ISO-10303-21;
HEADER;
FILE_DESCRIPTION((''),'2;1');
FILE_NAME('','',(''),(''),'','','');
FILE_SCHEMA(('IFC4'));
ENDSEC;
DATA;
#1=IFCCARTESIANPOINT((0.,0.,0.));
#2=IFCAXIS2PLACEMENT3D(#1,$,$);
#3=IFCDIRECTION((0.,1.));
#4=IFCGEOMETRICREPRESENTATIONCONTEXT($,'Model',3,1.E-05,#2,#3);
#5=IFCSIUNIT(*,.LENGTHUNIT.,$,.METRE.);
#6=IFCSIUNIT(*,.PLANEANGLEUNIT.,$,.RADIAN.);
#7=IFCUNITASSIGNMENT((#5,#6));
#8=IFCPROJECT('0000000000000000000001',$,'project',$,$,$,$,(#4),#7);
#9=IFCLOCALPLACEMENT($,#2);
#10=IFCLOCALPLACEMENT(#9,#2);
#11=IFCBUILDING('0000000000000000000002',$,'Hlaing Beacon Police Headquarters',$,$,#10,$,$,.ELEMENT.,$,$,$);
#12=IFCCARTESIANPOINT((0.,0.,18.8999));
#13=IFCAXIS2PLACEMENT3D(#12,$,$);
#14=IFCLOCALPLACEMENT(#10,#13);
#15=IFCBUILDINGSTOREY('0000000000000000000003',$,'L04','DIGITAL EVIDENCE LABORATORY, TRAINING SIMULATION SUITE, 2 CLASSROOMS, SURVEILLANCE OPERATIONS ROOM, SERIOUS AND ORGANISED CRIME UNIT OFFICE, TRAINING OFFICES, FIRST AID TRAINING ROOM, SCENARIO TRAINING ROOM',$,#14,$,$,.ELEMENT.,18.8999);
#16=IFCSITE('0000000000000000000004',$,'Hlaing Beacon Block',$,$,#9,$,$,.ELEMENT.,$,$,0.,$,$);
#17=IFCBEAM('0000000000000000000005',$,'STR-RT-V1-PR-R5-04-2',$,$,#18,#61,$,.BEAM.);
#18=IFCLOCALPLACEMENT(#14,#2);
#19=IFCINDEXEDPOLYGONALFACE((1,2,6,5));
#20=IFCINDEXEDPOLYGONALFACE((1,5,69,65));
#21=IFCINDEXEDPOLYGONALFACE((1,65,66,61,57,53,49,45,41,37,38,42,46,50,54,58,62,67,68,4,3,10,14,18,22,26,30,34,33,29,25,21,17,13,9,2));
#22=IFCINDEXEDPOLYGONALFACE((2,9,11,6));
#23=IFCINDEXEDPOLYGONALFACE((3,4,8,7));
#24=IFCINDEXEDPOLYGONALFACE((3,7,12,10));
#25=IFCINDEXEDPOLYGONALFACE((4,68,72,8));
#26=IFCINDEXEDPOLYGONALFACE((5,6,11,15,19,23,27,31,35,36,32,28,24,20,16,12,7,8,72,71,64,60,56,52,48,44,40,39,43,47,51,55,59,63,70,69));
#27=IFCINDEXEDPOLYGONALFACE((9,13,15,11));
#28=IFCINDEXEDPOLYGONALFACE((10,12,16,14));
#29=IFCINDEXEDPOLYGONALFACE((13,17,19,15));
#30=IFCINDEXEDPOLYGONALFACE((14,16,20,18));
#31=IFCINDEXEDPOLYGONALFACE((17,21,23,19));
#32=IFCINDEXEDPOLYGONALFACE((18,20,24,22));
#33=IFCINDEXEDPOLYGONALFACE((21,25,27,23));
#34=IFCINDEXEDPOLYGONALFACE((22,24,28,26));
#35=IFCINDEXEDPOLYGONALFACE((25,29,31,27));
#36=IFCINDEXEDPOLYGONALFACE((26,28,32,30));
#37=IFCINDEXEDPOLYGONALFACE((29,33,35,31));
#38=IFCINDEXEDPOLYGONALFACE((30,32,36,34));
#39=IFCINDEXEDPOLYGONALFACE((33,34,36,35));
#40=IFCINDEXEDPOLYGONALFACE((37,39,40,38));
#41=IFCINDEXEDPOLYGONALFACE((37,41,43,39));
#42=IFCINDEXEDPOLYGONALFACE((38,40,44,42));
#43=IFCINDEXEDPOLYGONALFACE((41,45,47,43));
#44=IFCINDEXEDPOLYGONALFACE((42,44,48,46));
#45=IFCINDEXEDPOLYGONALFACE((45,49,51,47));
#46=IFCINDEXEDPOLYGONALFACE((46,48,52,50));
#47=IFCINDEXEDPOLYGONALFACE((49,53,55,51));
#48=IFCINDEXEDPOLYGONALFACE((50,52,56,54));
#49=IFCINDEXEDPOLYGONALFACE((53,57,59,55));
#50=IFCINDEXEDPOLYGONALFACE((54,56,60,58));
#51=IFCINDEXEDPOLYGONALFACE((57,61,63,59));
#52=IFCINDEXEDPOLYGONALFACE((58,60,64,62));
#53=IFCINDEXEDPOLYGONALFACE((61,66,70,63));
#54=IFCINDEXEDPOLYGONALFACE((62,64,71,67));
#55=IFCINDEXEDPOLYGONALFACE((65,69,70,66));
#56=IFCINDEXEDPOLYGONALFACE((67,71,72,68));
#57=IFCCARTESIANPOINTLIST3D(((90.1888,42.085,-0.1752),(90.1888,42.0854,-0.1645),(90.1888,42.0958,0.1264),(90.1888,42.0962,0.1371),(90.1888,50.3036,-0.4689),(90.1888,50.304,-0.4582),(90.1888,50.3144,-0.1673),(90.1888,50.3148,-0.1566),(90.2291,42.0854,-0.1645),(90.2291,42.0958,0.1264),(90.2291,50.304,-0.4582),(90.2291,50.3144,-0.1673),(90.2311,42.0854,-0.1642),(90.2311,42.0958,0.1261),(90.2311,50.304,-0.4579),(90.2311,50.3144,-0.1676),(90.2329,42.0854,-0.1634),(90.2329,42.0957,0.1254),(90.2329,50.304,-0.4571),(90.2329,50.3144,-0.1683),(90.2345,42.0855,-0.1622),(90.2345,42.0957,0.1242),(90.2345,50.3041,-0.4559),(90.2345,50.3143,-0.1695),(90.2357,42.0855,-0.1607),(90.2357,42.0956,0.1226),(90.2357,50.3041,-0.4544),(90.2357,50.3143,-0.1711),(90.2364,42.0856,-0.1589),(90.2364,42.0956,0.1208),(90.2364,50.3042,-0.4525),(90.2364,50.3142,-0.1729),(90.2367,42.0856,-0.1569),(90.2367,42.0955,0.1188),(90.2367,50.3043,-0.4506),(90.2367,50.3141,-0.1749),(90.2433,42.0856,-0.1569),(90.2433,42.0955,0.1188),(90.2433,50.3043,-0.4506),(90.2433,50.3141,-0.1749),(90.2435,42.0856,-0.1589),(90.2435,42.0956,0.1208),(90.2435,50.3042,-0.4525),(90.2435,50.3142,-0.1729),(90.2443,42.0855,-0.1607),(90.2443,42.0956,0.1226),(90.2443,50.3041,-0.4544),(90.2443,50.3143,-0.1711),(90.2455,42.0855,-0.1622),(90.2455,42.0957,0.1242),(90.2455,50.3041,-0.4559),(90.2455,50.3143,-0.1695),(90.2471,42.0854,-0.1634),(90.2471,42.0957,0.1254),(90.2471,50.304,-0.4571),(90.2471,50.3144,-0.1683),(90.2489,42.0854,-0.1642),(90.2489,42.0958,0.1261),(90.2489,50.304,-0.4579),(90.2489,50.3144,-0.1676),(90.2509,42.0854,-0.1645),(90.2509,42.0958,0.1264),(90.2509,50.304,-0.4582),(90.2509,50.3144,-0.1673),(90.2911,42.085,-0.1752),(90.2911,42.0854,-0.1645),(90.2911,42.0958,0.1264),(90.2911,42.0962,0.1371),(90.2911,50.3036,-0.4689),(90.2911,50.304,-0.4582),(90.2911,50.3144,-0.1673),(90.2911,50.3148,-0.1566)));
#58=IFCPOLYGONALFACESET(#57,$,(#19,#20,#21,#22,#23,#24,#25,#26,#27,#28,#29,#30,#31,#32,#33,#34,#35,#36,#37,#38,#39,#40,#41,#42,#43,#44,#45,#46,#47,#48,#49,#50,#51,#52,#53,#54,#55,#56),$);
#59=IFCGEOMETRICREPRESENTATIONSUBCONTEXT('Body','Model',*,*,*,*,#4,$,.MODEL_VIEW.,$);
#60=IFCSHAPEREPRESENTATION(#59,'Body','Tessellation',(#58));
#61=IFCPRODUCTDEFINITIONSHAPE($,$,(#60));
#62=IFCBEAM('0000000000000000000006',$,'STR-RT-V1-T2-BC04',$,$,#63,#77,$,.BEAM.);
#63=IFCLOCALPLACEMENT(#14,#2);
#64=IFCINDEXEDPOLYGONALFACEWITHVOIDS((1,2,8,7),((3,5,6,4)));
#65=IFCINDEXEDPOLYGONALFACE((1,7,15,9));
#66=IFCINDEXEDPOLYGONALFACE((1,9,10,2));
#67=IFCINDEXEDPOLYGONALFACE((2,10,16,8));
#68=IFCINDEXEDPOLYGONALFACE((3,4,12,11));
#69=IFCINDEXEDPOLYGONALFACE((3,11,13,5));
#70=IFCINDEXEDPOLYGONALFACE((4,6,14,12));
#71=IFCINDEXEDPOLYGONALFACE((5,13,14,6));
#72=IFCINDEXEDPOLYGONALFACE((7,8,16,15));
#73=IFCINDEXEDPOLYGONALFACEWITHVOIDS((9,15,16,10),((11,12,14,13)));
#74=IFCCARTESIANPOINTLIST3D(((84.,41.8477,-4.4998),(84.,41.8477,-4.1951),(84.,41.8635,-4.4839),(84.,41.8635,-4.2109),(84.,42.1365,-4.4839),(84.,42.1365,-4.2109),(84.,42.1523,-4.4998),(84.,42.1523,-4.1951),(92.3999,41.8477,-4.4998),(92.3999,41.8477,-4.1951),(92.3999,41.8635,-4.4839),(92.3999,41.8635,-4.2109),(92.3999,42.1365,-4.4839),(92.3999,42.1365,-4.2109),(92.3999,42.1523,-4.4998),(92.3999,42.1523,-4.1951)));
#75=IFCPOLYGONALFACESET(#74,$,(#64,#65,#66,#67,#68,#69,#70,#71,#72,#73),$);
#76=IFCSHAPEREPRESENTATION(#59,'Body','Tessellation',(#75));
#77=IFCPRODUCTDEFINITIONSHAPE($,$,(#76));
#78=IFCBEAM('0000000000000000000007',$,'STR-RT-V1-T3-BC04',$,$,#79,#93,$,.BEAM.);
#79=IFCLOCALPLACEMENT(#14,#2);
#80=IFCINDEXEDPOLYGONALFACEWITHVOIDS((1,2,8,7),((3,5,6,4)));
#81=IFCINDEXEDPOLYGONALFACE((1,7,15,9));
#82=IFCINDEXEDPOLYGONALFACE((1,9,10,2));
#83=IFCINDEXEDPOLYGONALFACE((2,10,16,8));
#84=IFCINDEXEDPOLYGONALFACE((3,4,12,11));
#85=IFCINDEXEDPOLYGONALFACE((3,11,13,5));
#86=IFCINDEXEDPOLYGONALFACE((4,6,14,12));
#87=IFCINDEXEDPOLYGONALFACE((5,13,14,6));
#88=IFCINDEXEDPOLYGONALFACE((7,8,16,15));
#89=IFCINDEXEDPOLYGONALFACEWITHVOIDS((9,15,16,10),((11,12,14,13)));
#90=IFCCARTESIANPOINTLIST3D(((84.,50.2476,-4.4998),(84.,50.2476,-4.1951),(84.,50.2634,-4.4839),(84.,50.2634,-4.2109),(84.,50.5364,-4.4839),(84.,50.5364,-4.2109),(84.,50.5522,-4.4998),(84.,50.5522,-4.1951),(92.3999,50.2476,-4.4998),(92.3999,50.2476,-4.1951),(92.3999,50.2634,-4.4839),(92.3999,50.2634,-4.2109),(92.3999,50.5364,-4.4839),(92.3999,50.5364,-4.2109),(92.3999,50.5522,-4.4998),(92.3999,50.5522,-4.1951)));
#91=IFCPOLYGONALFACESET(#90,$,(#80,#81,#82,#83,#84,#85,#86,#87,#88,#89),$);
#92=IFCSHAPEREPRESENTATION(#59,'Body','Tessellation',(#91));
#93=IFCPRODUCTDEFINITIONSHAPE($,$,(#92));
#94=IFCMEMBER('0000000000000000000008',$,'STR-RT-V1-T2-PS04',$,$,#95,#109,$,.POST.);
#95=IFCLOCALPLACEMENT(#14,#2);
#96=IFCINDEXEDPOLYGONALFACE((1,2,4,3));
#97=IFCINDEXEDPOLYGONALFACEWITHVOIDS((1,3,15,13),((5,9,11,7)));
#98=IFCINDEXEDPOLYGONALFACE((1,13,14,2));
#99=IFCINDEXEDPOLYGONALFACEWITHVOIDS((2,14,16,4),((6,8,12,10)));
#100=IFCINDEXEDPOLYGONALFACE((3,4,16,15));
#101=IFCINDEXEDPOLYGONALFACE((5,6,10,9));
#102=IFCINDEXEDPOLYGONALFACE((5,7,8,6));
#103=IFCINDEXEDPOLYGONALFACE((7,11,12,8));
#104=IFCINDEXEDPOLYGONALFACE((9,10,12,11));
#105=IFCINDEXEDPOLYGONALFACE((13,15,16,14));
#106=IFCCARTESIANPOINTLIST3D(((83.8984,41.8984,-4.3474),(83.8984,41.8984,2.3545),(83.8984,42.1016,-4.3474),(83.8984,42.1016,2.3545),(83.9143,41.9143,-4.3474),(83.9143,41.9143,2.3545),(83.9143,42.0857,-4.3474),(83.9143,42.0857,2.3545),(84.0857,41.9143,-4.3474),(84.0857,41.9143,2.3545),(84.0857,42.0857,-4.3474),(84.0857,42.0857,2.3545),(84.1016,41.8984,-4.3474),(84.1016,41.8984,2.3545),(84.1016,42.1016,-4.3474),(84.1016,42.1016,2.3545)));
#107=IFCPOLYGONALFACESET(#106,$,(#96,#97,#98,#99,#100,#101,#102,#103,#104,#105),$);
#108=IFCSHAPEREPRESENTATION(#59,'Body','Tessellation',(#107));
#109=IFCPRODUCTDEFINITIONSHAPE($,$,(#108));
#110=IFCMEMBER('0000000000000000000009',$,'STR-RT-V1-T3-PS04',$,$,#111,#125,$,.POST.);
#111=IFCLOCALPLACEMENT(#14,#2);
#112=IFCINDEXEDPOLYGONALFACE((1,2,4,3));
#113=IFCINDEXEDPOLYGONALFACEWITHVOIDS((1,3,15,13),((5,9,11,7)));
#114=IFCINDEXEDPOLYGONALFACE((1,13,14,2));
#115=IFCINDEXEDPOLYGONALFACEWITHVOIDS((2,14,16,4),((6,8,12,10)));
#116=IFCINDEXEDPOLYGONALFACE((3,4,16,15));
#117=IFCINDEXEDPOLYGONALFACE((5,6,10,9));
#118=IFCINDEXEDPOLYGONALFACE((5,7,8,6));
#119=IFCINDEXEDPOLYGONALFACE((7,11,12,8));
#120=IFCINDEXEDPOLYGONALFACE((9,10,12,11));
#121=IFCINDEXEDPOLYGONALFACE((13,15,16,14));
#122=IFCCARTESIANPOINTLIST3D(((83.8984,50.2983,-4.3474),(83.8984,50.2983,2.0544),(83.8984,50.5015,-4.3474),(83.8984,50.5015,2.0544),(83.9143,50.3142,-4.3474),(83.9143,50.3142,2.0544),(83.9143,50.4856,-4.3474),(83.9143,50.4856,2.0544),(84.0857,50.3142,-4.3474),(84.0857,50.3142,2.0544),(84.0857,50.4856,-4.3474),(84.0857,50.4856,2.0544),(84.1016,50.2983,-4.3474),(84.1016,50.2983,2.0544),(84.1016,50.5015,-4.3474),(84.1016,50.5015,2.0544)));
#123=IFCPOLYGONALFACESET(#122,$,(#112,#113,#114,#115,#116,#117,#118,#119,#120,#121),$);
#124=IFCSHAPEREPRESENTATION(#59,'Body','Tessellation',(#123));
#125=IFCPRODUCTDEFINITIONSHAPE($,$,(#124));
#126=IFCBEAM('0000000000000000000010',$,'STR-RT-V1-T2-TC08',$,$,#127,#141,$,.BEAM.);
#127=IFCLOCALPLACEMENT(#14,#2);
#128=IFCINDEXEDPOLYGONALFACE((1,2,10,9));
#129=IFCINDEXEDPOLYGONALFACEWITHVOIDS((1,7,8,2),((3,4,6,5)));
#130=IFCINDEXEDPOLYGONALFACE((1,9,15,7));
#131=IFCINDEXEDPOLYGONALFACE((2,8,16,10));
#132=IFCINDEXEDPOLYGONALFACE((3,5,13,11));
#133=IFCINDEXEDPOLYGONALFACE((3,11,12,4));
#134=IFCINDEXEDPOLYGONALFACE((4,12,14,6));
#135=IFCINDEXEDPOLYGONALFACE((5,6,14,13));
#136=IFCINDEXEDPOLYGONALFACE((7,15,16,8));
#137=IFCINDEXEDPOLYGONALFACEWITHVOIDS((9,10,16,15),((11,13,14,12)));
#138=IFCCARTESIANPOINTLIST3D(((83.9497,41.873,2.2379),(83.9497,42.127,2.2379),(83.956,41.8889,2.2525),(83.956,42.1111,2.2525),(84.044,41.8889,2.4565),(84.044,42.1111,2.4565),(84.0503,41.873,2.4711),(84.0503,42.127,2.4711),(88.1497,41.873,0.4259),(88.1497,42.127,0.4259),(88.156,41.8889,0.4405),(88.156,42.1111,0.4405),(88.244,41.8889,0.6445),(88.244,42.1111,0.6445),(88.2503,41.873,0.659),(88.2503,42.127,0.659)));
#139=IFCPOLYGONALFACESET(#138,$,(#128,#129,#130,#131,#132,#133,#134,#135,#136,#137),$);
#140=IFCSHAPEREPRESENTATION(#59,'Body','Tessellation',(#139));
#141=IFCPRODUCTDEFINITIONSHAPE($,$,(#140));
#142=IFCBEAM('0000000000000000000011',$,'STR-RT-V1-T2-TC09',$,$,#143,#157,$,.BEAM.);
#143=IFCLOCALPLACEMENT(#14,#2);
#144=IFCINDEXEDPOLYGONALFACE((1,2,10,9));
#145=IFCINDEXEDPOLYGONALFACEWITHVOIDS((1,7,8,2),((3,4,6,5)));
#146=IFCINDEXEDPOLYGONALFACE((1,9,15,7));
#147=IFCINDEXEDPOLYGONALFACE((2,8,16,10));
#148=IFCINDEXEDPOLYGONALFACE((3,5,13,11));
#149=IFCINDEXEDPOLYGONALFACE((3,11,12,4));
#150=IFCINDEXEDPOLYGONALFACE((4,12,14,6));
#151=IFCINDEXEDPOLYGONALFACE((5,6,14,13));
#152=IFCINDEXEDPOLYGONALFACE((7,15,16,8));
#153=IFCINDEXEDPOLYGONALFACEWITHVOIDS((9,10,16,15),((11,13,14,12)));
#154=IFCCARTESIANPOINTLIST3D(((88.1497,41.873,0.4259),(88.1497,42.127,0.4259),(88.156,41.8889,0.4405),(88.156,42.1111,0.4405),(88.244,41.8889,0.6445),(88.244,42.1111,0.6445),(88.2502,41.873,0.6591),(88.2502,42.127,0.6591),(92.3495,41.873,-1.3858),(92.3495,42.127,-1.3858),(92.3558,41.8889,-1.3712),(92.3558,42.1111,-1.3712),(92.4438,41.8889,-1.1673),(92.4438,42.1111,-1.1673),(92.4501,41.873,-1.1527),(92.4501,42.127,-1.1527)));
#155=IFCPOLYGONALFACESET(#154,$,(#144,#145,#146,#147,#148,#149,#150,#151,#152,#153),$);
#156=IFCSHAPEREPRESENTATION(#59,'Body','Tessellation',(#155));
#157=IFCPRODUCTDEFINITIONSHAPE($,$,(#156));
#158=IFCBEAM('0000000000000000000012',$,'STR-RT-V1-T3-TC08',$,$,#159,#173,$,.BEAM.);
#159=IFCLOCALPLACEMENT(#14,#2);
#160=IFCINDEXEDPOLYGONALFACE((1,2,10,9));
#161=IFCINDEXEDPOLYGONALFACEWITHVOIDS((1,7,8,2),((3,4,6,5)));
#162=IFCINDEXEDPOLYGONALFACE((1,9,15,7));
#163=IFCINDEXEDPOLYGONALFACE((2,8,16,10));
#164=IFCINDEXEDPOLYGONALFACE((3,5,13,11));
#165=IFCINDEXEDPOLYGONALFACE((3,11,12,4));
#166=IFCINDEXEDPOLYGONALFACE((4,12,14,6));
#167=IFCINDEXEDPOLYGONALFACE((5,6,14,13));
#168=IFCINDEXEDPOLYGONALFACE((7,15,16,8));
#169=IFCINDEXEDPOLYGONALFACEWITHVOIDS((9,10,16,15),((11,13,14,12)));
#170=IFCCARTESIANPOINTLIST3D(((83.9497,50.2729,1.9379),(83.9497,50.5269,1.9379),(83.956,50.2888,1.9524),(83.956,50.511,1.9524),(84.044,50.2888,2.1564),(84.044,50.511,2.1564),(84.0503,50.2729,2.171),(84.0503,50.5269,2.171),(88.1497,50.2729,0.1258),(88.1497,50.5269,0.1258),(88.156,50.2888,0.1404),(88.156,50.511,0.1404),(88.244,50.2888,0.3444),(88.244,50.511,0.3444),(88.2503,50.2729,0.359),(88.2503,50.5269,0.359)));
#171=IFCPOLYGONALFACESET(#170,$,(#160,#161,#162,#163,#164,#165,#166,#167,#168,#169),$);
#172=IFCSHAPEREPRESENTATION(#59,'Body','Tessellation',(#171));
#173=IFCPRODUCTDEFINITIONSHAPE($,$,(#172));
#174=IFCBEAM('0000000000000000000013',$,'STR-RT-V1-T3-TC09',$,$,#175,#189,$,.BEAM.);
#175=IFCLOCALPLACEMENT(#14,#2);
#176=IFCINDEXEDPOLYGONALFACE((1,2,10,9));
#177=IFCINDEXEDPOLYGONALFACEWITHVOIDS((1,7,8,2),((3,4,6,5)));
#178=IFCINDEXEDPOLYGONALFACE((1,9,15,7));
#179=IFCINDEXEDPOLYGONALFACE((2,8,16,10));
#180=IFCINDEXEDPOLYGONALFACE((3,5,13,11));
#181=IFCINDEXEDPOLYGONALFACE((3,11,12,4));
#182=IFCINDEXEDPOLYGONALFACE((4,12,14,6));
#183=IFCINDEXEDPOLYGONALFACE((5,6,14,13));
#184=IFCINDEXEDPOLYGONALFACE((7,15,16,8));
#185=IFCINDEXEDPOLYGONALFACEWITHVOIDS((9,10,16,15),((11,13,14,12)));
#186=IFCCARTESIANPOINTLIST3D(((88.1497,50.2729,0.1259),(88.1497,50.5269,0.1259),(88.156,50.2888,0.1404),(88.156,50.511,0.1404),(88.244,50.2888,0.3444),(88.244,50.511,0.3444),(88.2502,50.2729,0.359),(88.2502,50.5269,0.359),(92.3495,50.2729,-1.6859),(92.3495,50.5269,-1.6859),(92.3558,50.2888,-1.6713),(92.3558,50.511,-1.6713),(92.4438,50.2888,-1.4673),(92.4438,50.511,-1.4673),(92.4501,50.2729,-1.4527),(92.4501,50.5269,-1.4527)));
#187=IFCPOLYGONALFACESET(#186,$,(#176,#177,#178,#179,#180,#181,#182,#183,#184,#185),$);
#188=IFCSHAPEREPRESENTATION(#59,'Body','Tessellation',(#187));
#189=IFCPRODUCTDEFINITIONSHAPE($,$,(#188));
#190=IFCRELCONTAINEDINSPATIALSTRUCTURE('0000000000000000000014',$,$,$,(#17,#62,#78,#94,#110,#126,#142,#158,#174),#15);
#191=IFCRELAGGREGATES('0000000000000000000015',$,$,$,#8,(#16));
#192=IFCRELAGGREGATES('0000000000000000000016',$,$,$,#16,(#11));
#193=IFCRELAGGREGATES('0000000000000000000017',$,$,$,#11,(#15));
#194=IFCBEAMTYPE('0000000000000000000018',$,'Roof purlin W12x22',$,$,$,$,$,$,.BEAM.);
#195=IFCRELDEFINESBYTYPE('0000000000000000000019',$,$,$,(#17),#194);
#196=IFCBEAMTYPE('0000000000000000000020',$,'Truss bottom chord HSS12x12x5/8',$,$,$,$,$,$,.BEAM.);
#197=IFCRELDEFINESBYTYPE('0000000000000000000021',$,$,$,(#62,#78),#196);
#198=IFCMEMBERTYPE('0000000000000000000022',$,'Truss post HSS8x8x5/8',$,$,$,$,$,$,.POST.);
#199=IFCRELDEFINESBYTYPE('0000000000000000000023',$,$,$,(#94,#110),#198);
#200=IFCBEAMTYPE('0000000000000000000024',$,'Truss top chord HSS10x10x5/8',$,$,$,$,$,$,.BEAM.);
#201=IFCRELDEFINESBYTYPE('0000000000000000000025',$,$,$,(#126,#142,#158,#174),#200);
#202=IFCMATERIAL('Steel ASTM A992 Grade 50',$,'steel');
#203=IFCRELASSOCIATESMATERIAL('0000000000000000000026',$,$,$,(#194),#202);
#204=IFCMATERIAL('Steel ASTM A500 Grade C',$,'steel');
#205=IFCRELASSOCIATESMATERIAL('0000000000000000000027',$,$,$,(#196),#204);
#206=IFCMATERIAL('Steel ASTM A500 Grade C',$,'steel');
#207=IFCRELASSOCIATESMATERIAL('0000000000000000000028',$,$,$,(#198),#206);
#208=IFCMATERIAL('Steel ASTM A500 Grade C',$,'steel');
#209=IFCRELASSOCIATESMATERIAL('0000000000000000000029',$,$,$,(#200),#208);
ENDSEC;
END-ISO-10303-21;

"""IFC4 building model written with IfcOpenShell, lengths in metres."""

from ifc_helpers import new_model, si_unit, direction, frame, origin, origin_2d, place, context, subcontext, project, spatial, hollow_rectangle, i_section, extrude, material, material_profile, profile_set, type_object, element, save


model = new_model("IFC4")

# Units and contexts
model_context = context("Model", 3, precision=1e-05, world=origin(), true_north=direction((0.0, 1.0)))
body_context = subcontext(model_context, "Body", "Model", "MODEL_VIEW")
ifc_project = project(units=[si_unit("LENGTHUNIT", "METRE"), si_unit("PLANEANGLEUNIT", "RADIAN")], contexts=[model_context])

# Site, building, storey
site_placement = place(None, origin())
site = spatial("IfcSite", under=ifc_project, at=site_placement, Name="Hlaing Beacon Block", CompositionType="ELEMENT", RefElevation=0.0)
building_placement = place(site_placement, origin())
building = spatial("IfcBuilding", under=site, at=building_placement, Name="Hlaing Beacon Police Headquarters", CompositionType="ELEMENT")
storey_placement = place(building_placement, frame((0.0, 0.0, 18.8999)))
storey = spatial("IfcBuildingStorey", under=building, at=storey_placement, Name="L04", Description="DIGITAL EVIDENCE LABORATORY, TRAINING SIMULATION SUITE, 2 CLASSROOMS, SURVEILLANCE OPERATIONS ROOM, SERIOUS AND ORGANISED CRIME UNIT OFFICE, TRAINING OFFICES, FIRST AID TRAINING ROOM, SCENARIO TRAINING ROOM", CompositionType="ELEMENT", Elevation=18.8999)

# Beams
ifc_material_1 = material(Name="Steel ASTM A992 Grade 50", Category="steel")
ifc_material_profile_1 = material_profile(ifc_material_1, i_section(OverallWidth=0.1023, OverallDepth=0.3125, WebThickness=0.0066, FlangeThickness=0.0107, FilletRadius=0.0076, at=origin_2d()), Name="W12x22")
ifc_profile_set_1 = profile_set([ifc_material_profile_1], Name="Steel ASTM A992 Grade 50")
beam_type_1 = type_object("IfcBeamType", Name="Roof purlin W12x22", PredefinedType="BEAM", material=ifc_profile_set_1)
beam_1_placement = place(storey_placement, frame((90.24, 42.0906, -0.019), z_axis=(0.0, 0.999362, -0.035713), x_axis=(-1.0, 0.0, 0.0)))
element("IfcBeam", 1, at=beam_1_placement, inside=storey, type_object=beam_type_1, Name="STR-RT-V1-PR-R5-04-2", PredefinedType="BEAM", context=body_context, shape_type="SweptSolid", body=[
    extrude(i_section(OverallWidth=0.1023, OverallDepth=0.3125, WebThickness=0.0066, FlangeThickness=0.0107, FilletRadius=0.0076, at=origin_2d()), origin(), (0.0, 0.0, 1.0), 8.2239),
])
ifc_material_2 = material(Name="Steel ASTM A500 Grade C", Category="steel")
ifc_material_profile_2 = material_profile(ifc_material_2, hollow_rectangle(XDim=0.3047, YDim=0.3047, WallThickness=0.0159, at=origin_2d()), Name="HSS12x12x5/8")
ifc_profile_set_2 = profile_set([ifc_material_profile_2], Name="Steel ASTM A500 Grade C")
beam_type_2 = type_object("IfcBeamType", Name="Truss bottom chord HSS12x12x5/8", PredefinedType="BEAM", material=ifc_profile_set_2)
for number, where, z_axis, x_axis, name in (
    (2, (84.0, 42.0, -4.3474), (1.0, 0.0, 0.0), (0.0, 1.0, 0.0), "STR-RT-V1-T2-BC04"),
    (3, (84.0, 50.3999, -4.3474), (1.0, 0.0, 0.0), (0.0, 1.0, 0.0), "STR-RT-V1-T3-BC04"),
):
    element("IfcBeam", number, at=place(storey_placement, frame(where, z_axis=z_axis, x_axis=x_axis)), inside=storey, type_object=beam_type_2, Name=name, PredefinedType="BEAM", context=body_context, shape_type="SweptSolid", body=[
        extrude(hollow_rectangle(XDim=0.3047, YDim=0.3047, WallThickness=0.0159, at=origin_2d()), origin(), (0.0, 0.0, 1.0), 8.3999),
    ])

# Members
ifc_material_3 = material(Name="Steel ASTM A500 Grade C", Category="steel")
ifc_material_profile_3 = material_profile(ifc_material_3, hollow_rectangle(XDim=0.2031, YDim=0.2031, WallThickness=0.0159, at=origin_2d()), Name="HSS8x8x5/8")
ifc_profile_set_3 = profile_set([ifc_material_profile_3], Name="Steel ASTM A500 Grade C")
member_type_1 = type_object("IfcMemberType", Name="Truss post HSS8x8x5/8", PredefinedType="POST", material=ifc_profile_set_3)
member_1_placement = place(storey_placement, frame((84.0, 42.0, -4.3474), z_axis=(0.0, 0.0, 1.0), x_axis=(1.0, 0.0, 0.0)))
element("IfcMember", 4, at=member_1_placement, inside=storey, type_object=member_type_1, Name="STR-RT-V1-T2-PS04", PredefinedType="POST", context=body_context, shape_type="SweptSolid", body=[
    extrude(hollow_rectangle(XDim=0.2031, YDim=0.2031, WallThickness=0.0159, at=origin_2d()), origin(), (0.0, 0.0, 1.0), 6.7019),
])
member_2_placement = place(storey_placement, frame((84.0, 50.3999, -4.3474), z_axis=(0.0, 0.0, 1.0), x_axis=(1.0, 0.0, 0.0)))
element("IfcMember", 5, at=member_2_placement, inside=storey, type_object=member_type_1, Name="STR-RT-V1-T3-PS04", PredefinedType="POST", context=body_context, shape_type="SweptSolid", body=[
    extrude(hollow_rectangle(XDim=0.2031, YDim=0.2031, WallThickness=0.0159, at=origin_2d()), origin(), (0.0, 0.0, 1.0), 6.4019),
])

# Beams
ifc_material_4 = material(Name="Steel ASTM A500 Grade C", Category="steel")
ifc_material_profile_4 = material_profile(ifc_material_4, hollow_rectangle(XDim=0.2539, YDim=0.2539, WallThickness=0.0159, at=origin_2d()), Name="HSS10x10x5/8")
ifc_profile_set_4 = profile_set([ifc_material_profile_4], Name="Steel ASTM A500 Grade C")
beam_type_3 = type_object("IfcBeamType", Name="Truss top chord HSS10x10x5/8", PredefinedType="BEAM", material=ifc_profile_set_4)
beam_2_placement = place(storey_placement, frame((84.0, 42.0, 2.3545), z_axis=(0.91819, 0.0, -0.396141), x_axis=(0.0, 1.0, 0.0)))
element("IfcBeam", 6, at=beam_2_placement, inside=storey, type_object=beam_type_3, Name="STR-RT-V1-T2-TC08", PredefinedType="BEAM", context=body_context, shape_type="SweptSolid", body=[
    extrude(hollow_rectangle(XDim=0.2539, YDim=0.2539, WallThickness=0.0159, at=origin_2d()), origin(), (0.0, 0.0, 1.0), 4.5742),
])
beam_3_placement = place(storey_placement, frame((88.2, 42.0, 0.5425), z_axis=(0.918209, 0.0, -0.396096), x_axis=(0.0, 1.0, 0.0)))
element("IfcBeam", 7, at=beam_3_placement, inside=storey, type_object=beam_type_3, Name="STR-RT-V1-T2-TC09", PredefinedType="BEAM", context=body_context, shape_type="SweptSolid", body=[
    extrude(hollow_rectangle(XDim=0.2539, YDim=0.2539, WallThickness=0.0159, at=origin_2d()), origin(), (0.0, 0.0, 1.0), 4.574),
])
beam_4_placement = place(storey_placement, frame((84.0, 50.3999, 2.0544), z_axis=(0.91819, 0.0, -0.396141), x_axis=(0.0, 1.0, 0.0)))
element("IfcBeam", 8, at=beam_4_placement, inside=storey, type_object=beam_type_3, Name="STR-RT-V1-T3-TC08", PredefinedType="BEAM", context=body_context, shape_type="SweptSolid", body=[
    extrude(hollow_rectangle(XDim=0.2539, YDim=0.2539, WallThickness=0.0159, at=origin_2d()), origin(), (0.0, 0.0, 1.0), 4.5742),
])
beam_5_placement = place(storey_placement, frame((88.2, 50.3999, 0.2424), z_axis=(0.918209, 0.0, -0.396096), x_axis=(0.0, 1.0, 0.0)))
element("IfcBeam", 9, at=beam_5_placement, inside=storey, type_object=beam_type_3, Name="STR-RT-V1-T3-TC09", PredefinedType="BEAM", context=body_context, shape_type="SweptSolid", body=[
    extrude(hollow_rectangle(XDim=0.2539, YDim=0.2539, WallThickness=0.0159, at=origin_2d()), origin(), (0.0, 0.0, 1.0), 4.574),
])

save(model, "model.ifc")
